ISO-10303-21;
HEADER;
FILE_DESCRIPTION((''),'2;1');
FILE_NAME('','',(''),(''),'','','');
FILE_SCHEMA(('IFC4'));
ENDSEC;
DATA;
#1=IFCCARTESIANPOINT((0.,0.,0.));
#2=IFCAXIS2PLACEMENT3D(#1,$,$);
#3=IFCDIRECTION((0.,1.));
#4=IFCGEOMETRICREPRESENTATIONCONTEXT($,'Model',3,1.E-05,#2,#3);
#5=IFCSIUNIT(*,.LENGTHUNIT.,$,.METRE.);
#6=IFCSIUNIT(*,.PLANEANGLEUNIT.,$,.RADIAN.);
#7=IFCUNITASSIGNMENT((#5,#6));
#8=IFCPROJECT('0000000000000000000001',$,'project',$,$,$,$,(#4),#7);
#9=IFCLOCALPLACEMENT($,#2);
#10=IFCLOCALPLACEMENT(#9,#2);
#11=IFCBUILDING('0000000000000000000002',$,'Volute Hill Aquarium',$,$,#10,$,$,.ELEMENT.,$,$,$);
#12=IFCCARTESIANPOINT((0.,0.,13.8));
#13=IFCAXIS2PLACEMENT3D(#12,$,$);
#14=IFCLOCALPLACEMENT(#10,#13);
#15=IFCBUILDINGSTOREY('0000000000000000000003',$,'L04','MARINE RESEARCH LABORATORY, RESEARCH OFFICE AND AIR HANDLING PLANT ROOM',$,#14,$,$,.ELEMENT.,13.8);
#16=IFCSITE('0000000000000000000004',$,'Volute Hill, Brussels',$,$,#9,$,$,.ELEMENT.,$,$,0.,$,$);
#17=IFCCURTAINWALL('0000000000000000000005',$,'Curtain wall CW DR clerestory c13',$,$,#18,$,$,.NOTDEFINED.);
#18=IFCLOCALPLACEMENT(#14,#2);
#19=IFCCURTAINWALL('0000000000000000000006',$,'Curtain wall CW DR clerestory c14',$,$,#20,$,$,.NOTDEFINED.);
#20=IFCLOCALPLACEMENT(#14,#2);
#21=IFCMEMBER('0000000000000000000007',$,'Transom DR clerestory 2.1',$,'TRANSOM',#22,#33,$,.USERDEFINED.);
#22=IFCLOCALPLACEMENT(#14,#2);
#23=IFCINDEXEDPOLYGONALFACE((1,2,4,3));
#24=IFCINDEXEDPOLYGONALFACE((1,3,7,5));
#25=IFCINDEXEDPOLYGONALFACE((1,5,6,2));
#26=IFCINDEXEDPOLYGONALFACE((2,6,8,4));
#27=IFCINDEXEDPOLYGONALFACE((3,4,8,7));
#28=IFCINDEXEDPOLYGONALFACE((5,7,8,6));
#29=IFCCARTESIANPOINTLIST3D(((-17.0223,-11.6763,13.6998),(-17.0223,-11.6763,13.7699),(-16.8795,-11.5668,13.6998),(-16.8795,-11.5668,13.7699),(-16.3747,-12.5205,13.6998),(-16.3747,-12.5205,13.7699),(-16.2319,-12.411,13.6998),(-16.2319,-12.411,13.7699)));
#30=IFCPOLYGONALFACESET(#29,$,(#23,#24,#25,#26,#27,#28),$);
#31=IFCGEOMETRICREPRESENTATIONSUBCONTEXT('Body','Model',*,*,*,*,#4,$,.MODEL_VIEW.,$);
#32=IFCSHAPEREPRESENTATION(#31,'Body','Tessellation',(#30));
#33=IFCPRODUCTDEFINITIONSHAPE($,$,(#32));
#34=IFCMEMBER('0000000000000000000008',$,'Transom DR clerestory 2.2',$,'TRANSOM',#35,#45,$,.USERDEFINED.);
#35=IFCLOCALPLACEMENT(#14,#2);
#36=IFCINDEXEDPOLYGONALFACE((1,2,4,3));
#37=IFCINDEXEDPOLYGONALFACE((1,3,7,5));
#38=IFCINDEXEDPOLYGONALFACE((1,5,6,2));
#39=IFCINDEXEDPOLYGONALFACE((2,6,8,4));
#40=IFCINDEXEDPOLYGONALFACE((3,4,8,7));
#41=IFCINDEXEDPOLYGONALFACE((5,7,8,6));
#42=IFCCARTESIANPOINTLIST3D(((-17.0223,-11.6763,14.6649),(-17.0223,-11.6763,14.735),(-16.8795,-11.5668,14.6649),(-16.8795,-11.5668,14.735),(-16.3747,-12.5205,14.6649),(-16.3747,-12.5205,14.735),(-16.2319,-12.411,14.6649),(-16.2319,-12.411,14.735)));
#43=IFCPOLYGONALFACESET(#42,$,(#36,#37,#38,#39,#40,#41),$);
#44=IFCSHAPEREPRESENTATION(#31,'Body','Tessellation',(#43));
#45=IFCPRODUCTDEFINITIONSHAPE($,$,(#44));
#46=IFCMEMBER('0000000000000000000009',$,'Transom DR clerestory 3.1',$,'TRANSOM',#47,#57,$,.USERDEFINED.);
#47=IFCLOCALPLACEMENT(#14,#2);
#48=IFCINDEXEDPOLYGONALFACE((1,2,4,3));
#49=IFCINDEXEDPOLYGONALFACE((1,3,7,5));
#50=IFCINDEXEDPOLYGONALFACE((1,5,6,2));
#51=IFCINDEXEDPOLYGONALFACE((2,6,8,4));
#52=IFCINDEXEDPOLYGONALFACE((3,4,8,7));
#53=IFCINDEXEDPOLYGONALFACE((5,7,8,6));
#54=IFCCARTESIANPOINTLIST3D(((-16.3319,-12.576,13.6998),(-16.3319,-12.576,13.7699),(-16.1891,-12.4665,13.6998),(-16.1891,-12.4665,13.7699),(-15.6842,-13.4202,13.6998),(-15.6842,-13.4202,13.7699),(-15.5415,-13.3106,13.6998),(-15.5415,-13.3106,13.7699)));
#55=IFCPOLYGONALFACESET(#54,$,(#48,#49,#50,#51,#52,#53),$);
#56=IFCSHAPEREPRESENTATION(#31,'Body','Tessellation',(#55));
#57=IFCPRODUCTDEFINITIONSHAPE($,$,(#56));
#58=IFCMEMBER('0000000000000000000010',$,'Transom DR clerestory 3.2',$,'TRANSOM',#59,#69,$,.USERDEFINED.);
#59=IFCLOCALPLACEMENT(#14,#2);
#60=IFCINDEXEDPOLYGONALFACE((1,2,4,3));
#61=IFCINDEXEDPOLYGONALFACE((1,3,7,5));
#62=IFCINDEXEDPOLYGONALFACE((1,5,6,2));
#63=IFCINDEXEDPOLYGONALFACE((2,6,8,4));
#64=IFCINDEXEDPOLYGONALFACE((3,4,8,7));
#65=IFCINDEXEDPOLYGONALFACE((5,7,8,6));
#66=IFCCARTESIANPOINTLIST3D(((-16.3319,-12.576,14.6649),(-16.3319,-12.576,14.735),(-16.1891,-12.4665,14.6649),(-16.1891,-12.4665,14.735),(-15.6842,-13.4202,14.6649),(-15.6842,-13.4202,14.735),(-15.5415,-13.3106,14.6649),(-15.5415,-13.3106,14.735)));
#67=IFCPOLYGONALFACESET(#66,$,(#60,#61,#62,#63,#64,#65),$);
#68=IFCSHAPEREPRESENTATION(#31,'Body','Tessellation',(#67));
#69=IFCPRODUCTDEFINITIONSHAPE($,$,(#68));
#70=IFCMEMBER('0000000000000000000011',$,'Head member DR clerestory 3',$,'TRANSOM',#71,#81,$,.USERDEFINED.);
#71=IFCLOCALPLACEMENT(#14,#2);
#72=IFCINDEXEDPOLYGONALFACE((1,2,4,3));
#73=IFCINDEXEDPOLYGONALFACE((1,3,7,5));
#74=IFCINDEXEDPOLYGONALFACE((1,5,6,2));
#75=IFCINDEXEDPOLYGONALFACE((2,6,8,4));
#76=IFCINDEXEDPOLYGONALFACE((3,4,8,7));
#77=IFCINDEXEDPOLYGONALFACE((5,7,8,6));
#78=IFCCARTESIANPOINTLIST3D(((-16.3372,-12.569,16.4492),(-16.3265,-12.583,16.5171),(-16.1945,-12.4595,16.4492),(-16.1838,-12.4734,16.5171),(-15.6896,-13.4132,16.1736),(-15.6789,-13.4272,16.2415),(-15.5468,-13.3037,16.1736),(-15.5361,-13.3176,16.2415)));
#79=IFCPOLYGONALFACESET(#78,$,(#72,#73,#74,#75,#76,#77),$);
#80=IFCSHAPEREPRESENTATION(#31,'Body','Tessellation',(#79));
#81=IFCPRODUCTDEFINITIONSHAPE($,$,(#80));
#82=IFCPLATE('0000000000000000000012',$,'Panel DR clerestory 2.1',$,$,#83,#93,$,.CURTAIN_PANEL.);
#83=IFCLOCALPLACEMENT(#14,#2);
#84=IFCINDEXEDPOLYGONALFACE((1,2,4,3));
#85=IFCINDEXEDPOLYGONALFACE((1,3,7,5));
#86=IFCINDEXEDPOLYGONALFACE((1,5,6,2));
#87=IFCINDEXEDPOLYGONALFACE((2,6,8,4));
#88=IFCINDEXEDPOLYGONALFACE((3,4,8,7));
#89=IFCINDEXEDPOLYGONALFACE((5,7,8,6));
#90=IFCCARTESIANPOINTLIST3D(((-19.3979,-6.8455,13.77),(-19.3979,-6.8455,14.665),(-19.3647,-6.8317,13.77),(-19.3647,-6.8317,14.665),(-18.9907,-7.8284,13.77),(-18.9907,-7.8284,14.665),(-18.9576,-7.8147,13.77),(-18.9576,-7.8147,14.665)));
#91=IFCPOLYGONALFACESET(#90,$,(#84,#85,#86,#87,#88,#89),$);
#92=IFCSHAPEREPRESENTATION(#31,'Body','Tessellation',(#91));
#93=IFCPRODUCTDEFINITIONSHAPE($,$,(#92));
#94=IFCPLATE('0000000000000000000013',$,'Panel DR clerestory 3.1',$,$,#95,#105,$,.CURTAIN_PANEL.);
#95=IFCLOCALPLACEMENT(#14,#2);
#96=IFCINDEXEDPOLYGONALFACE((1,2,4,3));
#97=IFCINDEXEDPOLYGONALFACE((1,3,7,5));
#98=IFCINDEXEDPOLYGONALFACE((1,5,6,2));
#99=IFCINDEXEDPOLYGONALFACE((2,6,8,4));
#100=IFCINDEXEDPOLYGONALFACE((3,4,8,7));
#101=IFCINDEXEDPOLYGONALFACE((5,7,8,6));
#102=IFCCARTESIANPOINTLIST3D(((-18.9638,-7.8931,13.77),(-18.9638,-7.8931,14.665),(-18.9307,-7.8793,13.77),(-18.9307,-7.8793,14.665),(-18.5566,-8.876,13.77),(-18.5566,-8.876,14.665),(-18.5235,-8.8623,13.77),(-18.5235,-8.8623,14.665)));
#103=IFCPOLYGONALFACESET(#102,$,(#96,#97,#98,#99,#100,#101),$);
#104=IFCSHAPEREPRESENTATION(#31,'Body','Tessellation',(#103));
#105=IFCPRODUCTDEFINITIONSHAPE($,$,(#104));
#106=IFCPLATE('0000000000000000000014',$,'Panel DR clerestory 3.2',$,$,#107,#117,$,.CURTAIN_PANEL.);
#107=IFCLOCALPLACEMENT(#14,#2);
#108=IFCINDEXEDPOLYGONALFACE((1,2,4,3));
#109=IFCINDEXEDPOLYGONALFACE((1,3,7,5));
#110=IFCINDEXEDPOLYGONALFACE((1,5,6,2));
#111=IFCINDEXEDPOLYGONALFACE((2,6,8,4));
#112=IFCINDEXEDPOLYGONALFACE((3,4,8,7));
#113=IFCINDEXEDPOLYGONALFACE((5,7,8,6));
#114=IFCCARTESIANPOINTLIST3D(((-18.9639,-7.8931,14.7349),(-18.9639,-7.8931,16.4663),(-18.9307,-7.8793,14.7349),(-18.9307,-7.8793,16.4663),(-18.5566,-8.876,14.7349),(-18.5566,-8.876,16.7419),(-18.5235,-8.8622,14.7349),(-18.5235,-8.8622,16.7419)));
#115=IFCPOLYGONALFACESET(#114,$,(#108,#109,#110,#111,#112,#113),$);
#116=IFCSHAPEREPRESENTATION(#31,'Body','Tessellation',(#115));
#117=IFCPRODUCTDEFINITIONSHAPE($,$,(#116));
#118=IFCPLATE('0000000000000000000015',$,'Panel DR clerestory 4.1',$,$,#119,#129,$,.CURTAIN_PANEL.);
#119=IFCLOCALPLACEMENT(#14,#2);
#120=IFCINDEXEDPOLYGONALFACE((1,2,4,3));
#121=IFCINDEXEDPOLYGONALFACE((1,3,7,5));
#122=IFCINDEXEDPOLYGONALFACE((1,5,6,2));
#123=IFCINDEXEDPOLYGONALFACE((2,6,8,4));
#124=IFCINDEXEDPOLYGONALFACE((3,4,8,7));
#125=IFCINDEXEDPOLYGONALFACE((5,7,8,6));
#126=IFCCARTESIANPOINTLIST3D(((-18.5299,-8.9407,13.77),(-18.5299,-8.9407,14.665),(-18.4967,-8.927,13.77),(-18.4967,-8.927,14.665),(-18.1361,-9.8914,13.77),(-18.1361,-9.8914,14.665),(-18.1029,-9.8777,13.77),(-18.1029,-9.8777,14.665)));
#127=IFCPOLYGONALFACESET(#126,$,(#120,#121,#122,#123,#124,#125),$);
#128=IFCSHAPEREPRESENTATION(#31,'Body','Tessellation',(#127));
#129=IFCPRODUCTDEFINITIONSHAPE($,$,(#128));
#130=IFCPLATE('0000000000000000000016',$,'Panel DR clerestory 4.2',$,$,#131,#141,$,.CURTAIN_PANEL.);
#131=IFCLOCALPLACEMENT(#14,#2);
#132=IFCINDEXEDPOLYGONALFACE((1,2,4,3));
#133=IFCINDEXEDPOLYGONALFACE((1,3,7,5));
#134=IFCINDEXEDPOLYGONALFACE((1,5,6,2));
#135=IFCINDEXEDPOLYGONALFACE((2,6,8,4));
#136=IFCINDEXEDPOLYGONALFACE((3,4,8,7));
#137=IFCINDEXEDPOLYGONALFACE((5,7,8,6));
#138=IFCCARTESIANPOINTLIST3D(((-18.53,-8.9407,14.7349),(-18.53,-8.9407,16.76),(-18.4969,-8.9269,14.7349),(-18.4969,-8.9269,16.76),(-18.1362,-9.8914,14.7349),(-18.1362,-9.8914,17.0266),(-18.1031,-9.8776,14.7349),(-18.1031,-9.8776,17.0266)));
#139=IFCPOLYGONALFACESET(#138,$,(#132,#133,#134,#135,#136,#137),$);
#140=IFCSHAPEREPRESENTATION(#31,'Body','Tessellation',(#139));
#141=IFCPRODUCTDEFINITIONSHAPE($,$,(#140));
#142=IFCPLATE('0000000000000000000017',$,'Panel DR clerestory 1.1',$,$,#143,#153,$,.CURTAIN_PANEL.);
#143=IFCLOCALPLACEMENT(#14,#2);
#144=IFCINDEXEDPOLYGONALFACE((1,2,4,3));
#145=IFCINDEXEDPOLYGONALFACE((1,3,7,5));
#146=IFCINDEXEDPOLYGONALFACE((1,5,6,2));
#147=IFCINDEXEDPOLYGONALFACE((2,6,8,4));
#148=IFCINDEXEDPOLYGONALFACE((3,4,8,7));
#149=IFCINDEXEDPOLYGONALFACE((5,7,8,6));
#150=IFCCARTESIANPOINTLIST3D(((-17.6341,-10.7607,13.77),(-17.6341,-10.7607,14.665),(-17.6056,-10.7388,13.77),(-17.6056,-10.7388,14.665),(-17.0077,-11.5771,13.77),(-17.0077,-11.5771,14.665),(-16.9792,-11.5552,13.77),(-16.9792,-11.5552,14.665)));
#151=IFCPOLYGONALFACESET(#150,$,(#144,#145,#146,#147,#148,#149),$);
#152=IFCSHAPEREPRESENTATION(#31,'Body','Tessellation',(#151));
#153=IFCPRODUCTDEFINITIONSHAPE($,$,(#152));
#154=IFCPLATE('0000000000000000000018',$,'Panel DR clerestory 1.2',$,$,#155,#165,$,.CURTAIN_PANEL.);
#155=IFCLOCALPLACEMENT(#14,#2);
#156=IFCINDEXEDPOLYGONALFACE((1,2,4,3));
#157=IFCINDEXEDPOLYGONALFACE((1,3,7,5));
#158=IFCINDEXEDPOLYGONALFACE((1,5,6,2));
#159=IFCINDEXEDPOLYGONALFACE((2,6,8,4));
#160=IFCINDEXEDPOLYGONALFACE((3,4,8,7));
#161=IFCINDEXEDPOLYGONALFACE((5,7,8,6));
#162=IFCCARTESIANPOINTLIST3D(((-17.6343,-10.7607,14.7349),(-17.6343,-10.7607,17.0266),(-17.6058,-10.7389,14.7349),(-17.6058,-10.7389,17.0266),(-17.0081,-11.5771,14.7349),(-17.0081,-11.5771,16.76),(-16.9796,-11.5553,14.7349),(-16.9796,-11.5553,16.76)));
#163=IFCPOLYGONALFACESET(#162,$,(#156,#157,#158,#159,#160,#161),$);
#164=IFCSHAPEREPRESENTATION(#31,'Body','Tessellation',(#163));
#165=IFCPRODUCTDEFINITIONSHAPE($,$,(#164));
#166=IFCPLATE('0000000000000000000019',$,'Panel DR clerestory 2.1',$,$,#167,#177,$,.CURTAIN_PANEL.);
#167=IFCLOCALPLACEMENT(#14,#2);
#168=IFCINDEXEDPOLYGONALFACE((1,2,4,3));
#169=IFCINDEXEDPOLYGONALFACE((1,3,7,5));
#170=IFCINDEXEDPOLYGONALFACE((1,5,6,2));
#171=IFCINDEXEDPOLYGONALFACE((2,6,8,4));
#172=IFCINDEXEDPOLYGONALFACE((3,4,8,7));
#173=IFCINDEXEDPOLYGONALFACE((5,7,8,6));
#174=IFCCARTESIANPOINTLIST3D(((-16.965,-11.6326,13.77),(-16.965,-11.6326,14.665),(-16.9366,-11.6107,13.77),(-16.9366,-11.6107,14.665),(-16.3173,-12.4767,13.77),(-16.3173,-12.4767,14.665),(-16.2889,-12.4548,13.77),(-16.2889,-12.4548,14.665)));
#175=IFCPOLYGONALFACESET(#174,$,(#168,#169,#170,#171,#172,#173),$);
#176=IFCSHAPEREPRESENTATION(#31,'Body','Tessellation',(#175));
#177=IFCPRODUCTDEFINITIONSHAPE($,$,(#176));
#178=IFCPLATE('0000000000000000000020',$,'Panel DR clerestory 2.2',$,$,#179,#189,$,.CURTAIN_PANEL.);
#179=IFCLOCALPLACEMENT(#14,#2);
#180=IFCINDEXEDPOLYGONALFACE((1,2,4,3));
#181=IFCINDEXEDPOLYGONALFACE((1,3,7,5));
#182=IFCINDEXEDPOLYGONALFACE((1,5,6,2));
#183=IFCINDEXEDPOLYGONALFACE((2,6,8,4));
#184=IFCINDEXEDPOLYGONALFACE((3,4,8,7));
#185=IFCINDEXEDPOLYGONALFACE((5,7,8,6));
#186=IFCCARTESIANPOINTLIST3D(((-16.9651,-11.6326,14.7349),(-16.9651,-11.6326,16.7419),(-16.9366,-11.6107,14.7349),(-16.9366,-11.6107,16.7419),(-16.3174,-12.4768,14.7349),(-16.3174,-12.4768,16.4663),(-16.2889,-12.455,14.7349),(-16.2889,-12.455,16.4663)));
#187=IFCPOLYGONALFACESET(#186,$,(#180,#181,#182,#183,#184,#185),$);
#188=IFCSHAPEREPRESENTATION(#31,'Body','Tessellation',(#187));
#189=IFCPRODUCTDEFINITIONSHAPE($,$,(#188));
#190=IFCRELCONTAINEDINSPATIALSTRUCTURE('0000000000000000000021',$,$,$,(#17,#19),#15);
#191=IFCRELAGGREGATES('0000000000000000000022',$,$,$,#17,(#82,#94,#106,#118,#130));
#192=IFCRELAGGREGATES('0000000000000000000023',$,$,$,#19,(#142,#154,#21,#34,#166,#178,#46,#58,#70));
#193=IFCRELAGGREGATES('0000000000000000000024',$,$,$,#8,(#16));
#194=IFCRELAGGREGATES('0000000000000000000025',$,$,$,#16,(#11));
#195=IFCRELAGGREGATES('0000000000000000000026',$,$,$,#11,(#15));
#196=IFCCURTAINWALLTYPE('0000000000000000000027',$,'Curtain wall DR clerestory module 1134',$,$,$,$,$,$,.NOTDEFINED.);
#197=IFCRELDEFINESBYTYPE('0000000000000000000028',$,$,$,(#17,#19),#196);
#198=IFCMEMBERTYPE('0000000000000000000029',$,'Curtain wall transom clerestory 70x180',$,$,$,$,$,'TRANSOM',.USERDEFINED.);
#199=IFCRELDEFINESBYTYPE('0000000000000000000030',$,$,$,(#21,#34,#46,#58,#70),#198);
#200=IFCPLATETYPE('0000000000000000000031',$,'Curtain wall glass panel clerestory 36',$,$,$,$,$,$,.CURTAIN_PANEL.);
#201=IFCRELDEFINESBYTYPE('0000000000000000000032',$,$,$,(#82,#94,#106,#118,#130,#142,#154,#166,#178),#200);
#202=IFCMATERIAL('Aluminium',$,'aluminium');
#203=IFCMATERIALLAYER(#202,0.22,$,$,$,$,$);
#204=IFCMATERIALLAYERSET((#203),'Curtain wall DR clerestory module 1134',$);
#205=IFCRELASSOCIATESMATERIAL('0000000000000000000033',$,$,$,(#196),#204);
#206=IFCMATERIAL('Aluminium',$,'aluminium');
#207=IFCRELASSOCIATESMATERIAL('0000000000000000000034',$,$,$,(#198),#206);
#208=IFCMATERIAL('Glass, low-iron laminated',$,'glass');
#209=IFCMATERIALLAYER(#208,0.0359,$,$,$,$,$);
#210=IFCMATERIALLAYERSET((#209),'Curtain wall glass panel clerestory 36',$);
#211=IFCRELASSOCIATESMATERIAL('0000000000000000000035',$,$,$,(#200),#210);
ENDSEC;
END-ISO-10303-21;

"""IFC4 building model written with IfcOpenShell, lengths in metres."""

from ifc_helpers import new_model, si_unit, direction, frame, origin, origin_2d, place, context, subcontext, project, spatial, polyline, rectangle, outline, extrude, material, layer, layer_set, material_profile, profile_set, type_object, element, aggregate, save


model = new_model("IFC4")

# Units and contexts
model_context = context("Model", 3, precision=1e-05, world=origin(), true_north=direction((0.0, 1.0)))
body_context = subcontext(model_context, "Body", "Model", "MODEL_VIEW")
ifc_project = project(units=[si_unit("LENGTHUNIT", "METRE"), si_unit("PLANEANGLEUNIT", "RADIAN")], contexts=[model_context])

# Site, building, storey
site_placement = place(None, origin())
site = spatial("IfcSite", under=ifc_project, at=site_placement, Name="Volute Hill, Brussels", CompositionType="ELEMENT", RefElevation=0.0)
building_placement = place(site_placement, origin())
building = spatial("IfcBuilding", under=site, at=building_placement, Name="Volute Hill Aquarium", CompositionType="ELEMENT")
storey_placement = place(building_placement, frame((0.0, 0.0, 13.8)))
storey = spatial("IfcBuildingStorey", under=building, at=storey_placement, Name="L04", Description="MARINE RESEARCH LABORATORY, RESEARCH OFFICE AND AIR HANDLING PLANT ROOM", CompositionType="ELEMENT", Elevation=13.8)

# Curtain walls
ifc_material_1 = material(Name="Aluminium", Category="aluminium")
ifc_layer_1 = layer(ifc_material_1, 0.22)
ifc_layer_set_1 = layer_set([ifc_layer_1], Name="Curtain wall DR clerestory module 1134")
curtain_wall_type = type_object("IfcCurtainWallType", Name="Curtain wall DR clerestory module 1134", PredefinedType="NOTDEFINED", material=ifc_layer_set_1)
curtain_wall_1_placement = place(storey_placement, origin())
curtain_wall_1 = element("IfcCurtainWall", 1, at=curtain_wall_1_placement, inside=storey, type_object=curtain_wall_type, Name="Curtain wall CW DR clerestory c13", PredefinedType="NOTDEFINED")
curtain_wall_2_placement = place(storey_placement, origin())
curtain_wall_2 = element("IfcCurtainWall", 2, at=curtain_wall_2_placement, inside=storey, type_object=curtain_wall_type, Name="Curtain wall CW DR clerestory c14", PredefinedType="NOTDEFINED")

# Members
ifc_material_2 = material(Name="Aluminium", Category="aluminium")
ifc_material_profile_1 = material_profile(ifc_material_2, rectangle(XDim=0.1799, YDim=0.0701, at=origin_2d()), Name="Curtain wall transom clerestory 70x180")
ifc_profile_set_1 = profile_set([ifc_material_profile_1], Name="Aluminium")
member_type_1 = type_object("IfcMemberType", Name="Curtain wall transom clerestory 70x180", ElementType="TRANSOM", PredefinedType="USERDEFINED", material=ifc_profile_set_1)
member_1_placement = place(storey_placement, frame((-16.9509, -11.6216, 13.7349), z_axis=(0.608701, -0.7934, 0.0), x_axis=(0.7934, 0.608701, 0.0)))
member_1 = element("IfcMember", 3, at=member_1_placement, type_object=member_type_1, Name="Transom DR clerestory 2.1", ObjectType="TRANSOM", PredefinedType="USERDEFINED", context=body_context, shape_type="SweptSolid", body=[
    extrude(rectangle(XDim=0.1799, YDim=0.0701, at=origin_2d()), origin(), (0.0, 0.0, 1.0), 1.064),
])
member_2_placement = place(storey_placement, frame((-16.9509, -11.6216, 14.7), z_axis=(0.608701, -0.7934, 0.0), x_axis=(0.7934, 0.608701, 0.0)))
member_2 = element("IfcMember", 4, at=member_2_placement, type_object=member_type_1, Name="Transom DR clerestory 2.2", ObjectType="TRANSOM", PredefinedType="USERDEFINED", context=body_context, shape_type="SweptSolid", body=[
    extrude(rectangle(XDim=0.1799, YDim=0.0701, at=origin_2d()), origin(), (0.0, 0.0, 1.0), 1.064),
])
member_3_placement = place(storey_placement, frame((-16.2605, -12.5212, 13.7349), z_axis=(0.608701, -0.7934, 0.0), x_axis=(0.7934, 0.608701, 0.0)))
member_3 = element("IfcMember", 5, at=member_3_placement, type_object=member_type_1, Name="Transom DR clerestory 3.1", ObjectType="TRANSOM", PredefinedType="USERDEFINED", context=body_context, shape_type="SweptSolid", body=[
    extrude(rectangle(XDim=0.1799, YDim=0.0701, at=origin_2d()), origin(), (0.0, 0.0, 1.0), 1.064),
])
member_4_placement = place(storey_placement, frame((-16.2605, -12.5212, 14.7), z_axis=(0.608701, -0.7934, 0.0), x_axis=(0.7934, 0.608701, 0.0)))
member_4 = element("IfcMember", 6, at=member_4_placement, type_object=member_type_1, Name="Transom DR clerestory 3.2", ObjectType="TRANSOM", PredefinedType="USERDEFINED", context=body_context, shape_type="SweptSolid", body=[
    extrude(rectangle(XDim=0.1799, YDim=0.0701, at=origin_2d()), origin(), (0.0, 0.0, 1.0), 1.064),
])
member_5_placement = place(storey_placement, frame((-16.2605, -12.5212, 16.4832), z_axis=(0.589253, -0.76805, -0.25076), x_axis=(0.7934, 0.608701, 0.0)))
member_5 = element("IfcMember", 7, at=member_5_placement, type_object=member_type_1, Name="Head member DR clerestory 3", ObjectType="TRANSOM", PredefinedType="USERDEFINED", context=body_context, shape_type="SweptSolid", body=[
    extrude(rectangle(XDim=0.1799, YDim=0.0701, at=origin_2d()), origin(), (0.0, 0.0, 1.0), 1.0991),
])

# Plates
ifc_material_3 = material(Name="Glass, low-iron laminated", Category="glass")
ifc_layer_2 = layer(ifc_material_3, 0.0359)
ifc_layer_set_2 = layer_set([ifc_layer_2], Name="Curtain wall glass panel clerestory 36")
plate_type = type_object("IfcPlateType", Name="Curtain wall glass panel clerestory 36", PredefinedType="CURTAIN_PANEL", material=ifc_layer_set_2)
plate_1_placement = place(storey_placement, frame((-19.1777, -7.3301, 13.77), z_axis=(0.0, 0.0, 1.0), x_axis=(0.382696, -0.923874, 0.0)))
plate_1 = element("IfcPlate", 8, at=plate_1_placement, type_object=plate_type, Name="Panel DR clerestory 2.1", PredefinedType="CURTAIN_PANEL", context=body_context, shape_type="SweptSolid", body=[
    extrude(rectangle(XDim=1.064, YDim=0.0359, at=origin_2d()), origin(), (0.0, 0.0, 1.0), 0.895),
])
plate_2_placement = place(storey_placement, frame((-18.7437, -8.3777, 13.77), z_axis=(0.0, 0.0, 1.0), x_axis=(0.382696, -0.923874, 0.0)))
plate_2 = element("IfcPlate", 9, at=plate_2_placement, type_object=plate_type, Name="Panel DR clerestory 3.1", PredefinedType="CURTAIN_PANEL", context=body_context, shape_type="SweptSolid", body=[
    extrude(rectangle(XDim=1.064, YDim=0.0359, at=origin_2d()), origin(), (0.0, 0.0, 1.0), 0.895),
])
plate_3_placement = place(storey_placement, frame((-18.9639, -7.8931, 14.7349), z_axis=(-0.923849, -0.382757, 0.0), x_axis=(0.382757, -0.923849, 0.0)))
plate_3 = element("IfcPlate", 10, at=plate_3_placement, type_object=plate_type, Name="Panel DR clerestory 3.2", PredefinedType="CURTAIN_PANEL", context=body_context, shape_type="SweptSolid", body=[
    extrude(outline(polyline([(0.0, 0.0), (1.0639, 0.0), (1.0639, 2.0071), (0.0, 1.7314), (0.0, 0.0)])), origin(), (0.0, 0.0, -1.0), 0.0359),
])
plate_4_placement = place(storey_placement, frame((-18.3164, -9.4092, 13.77), z_axis=(0.0, 0.0, 1.0), x_axis=(0.382696, -0.923874, 0.0)))
plate_4 = element("IfcPlate", 11, at=plate_4_placement, type_object=plate_type, Name="Panel DR clerestory 4.1", PredefinedType="CURTAIN_PANEL", context=body_context, shape_type="SweptSolid", body=[
    extrude(rectangle(XDim=1.0291, YDim=0.0359, at=origin_2d()), origin(), (0.0, 0.0, 1.0), 0.895),
])
plate_5_placement = place(storey_placement, frame((-18.53, -8.9407, 14.7349), z_axis=(-0.923875, -0.382694, 0.0), x_axis=(0.382694, -0.923875, 0.0)))
plate_5 = element("IfcPlate", 12, at=plate_5_placement, type_object=plate_type, Name="Panel DR clerestory 4.2", PredefinedType="CURTAIN_PANEL", context=body_context, shape_type="SweptSolid", body=[
    extrude(outline(polyline([(0.0, 0.0), (1.029, 0.0), (1.029, 2.2917), (0.0, 2.0251), (0.0, 0.0)])), origin(), (0.0, 0.0, -1.0), 0.0359),
])
aggregate(curtain_wall_1, [plate_1, plate_2, plate_3, plate_4, plate_5])
plate_6_placement = place(storey_placement, frame((-17.3066, -11.158, 13.77), z_axis=(0.0, 0.0, 1.0), x_axis=(0.608761, -0.793354, 0.0)))
plate_6 = element("IfcPlate", 13, at=plate_6_placement, type_object=plate_type, Name="Panel DR clerestory 1.1", PredefinedType="CURTAIN_PANEL", context=body_context, shape_type="SweptSolid", body=[
    extrude(rectangle(XDim=1.0291, YDim=0.0359, at=origin_2d()), origin(), (0.0, 0.0, 1.0), 0.895),
])
plate_7_placement = place(storey_placement, frame((-17.6343, -10.7607, 14.7349), z_axis=(-0.793461, -0.608621, 0.0), x_axis=(0.608621, -0.793461, 0.0)))
plate_7 = element("IfcPlate", 14, at=plate_7_placement, type_object=plate_type, Name="Panel DR clerestory 1.2", PredefinedType="CURTAIN_PANEL", context=body_context, shape_type="SweptSolid", body=[
    extrude(outline(polyline([(0.0, 0.0), (1.0289, 0.0), (1.0289, 2.0251), (0.0, 2.2917), (0.0, 0.0)])), origin(), (0.0, 0.0, -1.0), 0.0359),
])
plate_8_placement = place(storey_placement, frame((-16.627, -12.0437, 13.77), z_axis=(0.0, 0.0, 1.0), x_axis=(0.608761, -0.793354, 0.0)))
plate_8 = element("IfcPlate", 15, at=plate_8_placement, type_object=plate_type, Name="Panel DR clerestory 2.1", PredefinedType="CURTAIN_PANEL", context=body_context, shape_type="SweptSolid", body=[
    extrude(rectangle(XDim=1.064, YDim=0.0359, at=origin_2d()), origin(), (0.0, 0.0, 1.0), 0.895),
])
plate_9_placement = place(storey_placement, frame((-16.9651, -11.6326, 14.7349), z_axis=(-0.7934, -0.608701, 0.0), x_axis=(0.608701, -0.7934, 0.0)))
plate_9 = element("IfcPlate", 16, at=plate_9_placement, type_object=plate_type, Name="Panel DR clerestory 2.2", PredefinedType="CURTAIN_PANEL", context=body_context, shape_type="SweptSolid", body=[
    extrude(outline(polyline([(0.0, 0.0), (1.0641, 0.0), (1.0641, 1.7314), (0.0, 2.0071), (0.0, 0.0)])), origin(), (0.0, 0.0, -1.0), 0.0359),
])
aggregate(curtain_wall_2, [plate_6, plate_7, member_1, member_2, plate_8, plate_9, member_3, member_4, member_5])

save(model, "model.ifc")
